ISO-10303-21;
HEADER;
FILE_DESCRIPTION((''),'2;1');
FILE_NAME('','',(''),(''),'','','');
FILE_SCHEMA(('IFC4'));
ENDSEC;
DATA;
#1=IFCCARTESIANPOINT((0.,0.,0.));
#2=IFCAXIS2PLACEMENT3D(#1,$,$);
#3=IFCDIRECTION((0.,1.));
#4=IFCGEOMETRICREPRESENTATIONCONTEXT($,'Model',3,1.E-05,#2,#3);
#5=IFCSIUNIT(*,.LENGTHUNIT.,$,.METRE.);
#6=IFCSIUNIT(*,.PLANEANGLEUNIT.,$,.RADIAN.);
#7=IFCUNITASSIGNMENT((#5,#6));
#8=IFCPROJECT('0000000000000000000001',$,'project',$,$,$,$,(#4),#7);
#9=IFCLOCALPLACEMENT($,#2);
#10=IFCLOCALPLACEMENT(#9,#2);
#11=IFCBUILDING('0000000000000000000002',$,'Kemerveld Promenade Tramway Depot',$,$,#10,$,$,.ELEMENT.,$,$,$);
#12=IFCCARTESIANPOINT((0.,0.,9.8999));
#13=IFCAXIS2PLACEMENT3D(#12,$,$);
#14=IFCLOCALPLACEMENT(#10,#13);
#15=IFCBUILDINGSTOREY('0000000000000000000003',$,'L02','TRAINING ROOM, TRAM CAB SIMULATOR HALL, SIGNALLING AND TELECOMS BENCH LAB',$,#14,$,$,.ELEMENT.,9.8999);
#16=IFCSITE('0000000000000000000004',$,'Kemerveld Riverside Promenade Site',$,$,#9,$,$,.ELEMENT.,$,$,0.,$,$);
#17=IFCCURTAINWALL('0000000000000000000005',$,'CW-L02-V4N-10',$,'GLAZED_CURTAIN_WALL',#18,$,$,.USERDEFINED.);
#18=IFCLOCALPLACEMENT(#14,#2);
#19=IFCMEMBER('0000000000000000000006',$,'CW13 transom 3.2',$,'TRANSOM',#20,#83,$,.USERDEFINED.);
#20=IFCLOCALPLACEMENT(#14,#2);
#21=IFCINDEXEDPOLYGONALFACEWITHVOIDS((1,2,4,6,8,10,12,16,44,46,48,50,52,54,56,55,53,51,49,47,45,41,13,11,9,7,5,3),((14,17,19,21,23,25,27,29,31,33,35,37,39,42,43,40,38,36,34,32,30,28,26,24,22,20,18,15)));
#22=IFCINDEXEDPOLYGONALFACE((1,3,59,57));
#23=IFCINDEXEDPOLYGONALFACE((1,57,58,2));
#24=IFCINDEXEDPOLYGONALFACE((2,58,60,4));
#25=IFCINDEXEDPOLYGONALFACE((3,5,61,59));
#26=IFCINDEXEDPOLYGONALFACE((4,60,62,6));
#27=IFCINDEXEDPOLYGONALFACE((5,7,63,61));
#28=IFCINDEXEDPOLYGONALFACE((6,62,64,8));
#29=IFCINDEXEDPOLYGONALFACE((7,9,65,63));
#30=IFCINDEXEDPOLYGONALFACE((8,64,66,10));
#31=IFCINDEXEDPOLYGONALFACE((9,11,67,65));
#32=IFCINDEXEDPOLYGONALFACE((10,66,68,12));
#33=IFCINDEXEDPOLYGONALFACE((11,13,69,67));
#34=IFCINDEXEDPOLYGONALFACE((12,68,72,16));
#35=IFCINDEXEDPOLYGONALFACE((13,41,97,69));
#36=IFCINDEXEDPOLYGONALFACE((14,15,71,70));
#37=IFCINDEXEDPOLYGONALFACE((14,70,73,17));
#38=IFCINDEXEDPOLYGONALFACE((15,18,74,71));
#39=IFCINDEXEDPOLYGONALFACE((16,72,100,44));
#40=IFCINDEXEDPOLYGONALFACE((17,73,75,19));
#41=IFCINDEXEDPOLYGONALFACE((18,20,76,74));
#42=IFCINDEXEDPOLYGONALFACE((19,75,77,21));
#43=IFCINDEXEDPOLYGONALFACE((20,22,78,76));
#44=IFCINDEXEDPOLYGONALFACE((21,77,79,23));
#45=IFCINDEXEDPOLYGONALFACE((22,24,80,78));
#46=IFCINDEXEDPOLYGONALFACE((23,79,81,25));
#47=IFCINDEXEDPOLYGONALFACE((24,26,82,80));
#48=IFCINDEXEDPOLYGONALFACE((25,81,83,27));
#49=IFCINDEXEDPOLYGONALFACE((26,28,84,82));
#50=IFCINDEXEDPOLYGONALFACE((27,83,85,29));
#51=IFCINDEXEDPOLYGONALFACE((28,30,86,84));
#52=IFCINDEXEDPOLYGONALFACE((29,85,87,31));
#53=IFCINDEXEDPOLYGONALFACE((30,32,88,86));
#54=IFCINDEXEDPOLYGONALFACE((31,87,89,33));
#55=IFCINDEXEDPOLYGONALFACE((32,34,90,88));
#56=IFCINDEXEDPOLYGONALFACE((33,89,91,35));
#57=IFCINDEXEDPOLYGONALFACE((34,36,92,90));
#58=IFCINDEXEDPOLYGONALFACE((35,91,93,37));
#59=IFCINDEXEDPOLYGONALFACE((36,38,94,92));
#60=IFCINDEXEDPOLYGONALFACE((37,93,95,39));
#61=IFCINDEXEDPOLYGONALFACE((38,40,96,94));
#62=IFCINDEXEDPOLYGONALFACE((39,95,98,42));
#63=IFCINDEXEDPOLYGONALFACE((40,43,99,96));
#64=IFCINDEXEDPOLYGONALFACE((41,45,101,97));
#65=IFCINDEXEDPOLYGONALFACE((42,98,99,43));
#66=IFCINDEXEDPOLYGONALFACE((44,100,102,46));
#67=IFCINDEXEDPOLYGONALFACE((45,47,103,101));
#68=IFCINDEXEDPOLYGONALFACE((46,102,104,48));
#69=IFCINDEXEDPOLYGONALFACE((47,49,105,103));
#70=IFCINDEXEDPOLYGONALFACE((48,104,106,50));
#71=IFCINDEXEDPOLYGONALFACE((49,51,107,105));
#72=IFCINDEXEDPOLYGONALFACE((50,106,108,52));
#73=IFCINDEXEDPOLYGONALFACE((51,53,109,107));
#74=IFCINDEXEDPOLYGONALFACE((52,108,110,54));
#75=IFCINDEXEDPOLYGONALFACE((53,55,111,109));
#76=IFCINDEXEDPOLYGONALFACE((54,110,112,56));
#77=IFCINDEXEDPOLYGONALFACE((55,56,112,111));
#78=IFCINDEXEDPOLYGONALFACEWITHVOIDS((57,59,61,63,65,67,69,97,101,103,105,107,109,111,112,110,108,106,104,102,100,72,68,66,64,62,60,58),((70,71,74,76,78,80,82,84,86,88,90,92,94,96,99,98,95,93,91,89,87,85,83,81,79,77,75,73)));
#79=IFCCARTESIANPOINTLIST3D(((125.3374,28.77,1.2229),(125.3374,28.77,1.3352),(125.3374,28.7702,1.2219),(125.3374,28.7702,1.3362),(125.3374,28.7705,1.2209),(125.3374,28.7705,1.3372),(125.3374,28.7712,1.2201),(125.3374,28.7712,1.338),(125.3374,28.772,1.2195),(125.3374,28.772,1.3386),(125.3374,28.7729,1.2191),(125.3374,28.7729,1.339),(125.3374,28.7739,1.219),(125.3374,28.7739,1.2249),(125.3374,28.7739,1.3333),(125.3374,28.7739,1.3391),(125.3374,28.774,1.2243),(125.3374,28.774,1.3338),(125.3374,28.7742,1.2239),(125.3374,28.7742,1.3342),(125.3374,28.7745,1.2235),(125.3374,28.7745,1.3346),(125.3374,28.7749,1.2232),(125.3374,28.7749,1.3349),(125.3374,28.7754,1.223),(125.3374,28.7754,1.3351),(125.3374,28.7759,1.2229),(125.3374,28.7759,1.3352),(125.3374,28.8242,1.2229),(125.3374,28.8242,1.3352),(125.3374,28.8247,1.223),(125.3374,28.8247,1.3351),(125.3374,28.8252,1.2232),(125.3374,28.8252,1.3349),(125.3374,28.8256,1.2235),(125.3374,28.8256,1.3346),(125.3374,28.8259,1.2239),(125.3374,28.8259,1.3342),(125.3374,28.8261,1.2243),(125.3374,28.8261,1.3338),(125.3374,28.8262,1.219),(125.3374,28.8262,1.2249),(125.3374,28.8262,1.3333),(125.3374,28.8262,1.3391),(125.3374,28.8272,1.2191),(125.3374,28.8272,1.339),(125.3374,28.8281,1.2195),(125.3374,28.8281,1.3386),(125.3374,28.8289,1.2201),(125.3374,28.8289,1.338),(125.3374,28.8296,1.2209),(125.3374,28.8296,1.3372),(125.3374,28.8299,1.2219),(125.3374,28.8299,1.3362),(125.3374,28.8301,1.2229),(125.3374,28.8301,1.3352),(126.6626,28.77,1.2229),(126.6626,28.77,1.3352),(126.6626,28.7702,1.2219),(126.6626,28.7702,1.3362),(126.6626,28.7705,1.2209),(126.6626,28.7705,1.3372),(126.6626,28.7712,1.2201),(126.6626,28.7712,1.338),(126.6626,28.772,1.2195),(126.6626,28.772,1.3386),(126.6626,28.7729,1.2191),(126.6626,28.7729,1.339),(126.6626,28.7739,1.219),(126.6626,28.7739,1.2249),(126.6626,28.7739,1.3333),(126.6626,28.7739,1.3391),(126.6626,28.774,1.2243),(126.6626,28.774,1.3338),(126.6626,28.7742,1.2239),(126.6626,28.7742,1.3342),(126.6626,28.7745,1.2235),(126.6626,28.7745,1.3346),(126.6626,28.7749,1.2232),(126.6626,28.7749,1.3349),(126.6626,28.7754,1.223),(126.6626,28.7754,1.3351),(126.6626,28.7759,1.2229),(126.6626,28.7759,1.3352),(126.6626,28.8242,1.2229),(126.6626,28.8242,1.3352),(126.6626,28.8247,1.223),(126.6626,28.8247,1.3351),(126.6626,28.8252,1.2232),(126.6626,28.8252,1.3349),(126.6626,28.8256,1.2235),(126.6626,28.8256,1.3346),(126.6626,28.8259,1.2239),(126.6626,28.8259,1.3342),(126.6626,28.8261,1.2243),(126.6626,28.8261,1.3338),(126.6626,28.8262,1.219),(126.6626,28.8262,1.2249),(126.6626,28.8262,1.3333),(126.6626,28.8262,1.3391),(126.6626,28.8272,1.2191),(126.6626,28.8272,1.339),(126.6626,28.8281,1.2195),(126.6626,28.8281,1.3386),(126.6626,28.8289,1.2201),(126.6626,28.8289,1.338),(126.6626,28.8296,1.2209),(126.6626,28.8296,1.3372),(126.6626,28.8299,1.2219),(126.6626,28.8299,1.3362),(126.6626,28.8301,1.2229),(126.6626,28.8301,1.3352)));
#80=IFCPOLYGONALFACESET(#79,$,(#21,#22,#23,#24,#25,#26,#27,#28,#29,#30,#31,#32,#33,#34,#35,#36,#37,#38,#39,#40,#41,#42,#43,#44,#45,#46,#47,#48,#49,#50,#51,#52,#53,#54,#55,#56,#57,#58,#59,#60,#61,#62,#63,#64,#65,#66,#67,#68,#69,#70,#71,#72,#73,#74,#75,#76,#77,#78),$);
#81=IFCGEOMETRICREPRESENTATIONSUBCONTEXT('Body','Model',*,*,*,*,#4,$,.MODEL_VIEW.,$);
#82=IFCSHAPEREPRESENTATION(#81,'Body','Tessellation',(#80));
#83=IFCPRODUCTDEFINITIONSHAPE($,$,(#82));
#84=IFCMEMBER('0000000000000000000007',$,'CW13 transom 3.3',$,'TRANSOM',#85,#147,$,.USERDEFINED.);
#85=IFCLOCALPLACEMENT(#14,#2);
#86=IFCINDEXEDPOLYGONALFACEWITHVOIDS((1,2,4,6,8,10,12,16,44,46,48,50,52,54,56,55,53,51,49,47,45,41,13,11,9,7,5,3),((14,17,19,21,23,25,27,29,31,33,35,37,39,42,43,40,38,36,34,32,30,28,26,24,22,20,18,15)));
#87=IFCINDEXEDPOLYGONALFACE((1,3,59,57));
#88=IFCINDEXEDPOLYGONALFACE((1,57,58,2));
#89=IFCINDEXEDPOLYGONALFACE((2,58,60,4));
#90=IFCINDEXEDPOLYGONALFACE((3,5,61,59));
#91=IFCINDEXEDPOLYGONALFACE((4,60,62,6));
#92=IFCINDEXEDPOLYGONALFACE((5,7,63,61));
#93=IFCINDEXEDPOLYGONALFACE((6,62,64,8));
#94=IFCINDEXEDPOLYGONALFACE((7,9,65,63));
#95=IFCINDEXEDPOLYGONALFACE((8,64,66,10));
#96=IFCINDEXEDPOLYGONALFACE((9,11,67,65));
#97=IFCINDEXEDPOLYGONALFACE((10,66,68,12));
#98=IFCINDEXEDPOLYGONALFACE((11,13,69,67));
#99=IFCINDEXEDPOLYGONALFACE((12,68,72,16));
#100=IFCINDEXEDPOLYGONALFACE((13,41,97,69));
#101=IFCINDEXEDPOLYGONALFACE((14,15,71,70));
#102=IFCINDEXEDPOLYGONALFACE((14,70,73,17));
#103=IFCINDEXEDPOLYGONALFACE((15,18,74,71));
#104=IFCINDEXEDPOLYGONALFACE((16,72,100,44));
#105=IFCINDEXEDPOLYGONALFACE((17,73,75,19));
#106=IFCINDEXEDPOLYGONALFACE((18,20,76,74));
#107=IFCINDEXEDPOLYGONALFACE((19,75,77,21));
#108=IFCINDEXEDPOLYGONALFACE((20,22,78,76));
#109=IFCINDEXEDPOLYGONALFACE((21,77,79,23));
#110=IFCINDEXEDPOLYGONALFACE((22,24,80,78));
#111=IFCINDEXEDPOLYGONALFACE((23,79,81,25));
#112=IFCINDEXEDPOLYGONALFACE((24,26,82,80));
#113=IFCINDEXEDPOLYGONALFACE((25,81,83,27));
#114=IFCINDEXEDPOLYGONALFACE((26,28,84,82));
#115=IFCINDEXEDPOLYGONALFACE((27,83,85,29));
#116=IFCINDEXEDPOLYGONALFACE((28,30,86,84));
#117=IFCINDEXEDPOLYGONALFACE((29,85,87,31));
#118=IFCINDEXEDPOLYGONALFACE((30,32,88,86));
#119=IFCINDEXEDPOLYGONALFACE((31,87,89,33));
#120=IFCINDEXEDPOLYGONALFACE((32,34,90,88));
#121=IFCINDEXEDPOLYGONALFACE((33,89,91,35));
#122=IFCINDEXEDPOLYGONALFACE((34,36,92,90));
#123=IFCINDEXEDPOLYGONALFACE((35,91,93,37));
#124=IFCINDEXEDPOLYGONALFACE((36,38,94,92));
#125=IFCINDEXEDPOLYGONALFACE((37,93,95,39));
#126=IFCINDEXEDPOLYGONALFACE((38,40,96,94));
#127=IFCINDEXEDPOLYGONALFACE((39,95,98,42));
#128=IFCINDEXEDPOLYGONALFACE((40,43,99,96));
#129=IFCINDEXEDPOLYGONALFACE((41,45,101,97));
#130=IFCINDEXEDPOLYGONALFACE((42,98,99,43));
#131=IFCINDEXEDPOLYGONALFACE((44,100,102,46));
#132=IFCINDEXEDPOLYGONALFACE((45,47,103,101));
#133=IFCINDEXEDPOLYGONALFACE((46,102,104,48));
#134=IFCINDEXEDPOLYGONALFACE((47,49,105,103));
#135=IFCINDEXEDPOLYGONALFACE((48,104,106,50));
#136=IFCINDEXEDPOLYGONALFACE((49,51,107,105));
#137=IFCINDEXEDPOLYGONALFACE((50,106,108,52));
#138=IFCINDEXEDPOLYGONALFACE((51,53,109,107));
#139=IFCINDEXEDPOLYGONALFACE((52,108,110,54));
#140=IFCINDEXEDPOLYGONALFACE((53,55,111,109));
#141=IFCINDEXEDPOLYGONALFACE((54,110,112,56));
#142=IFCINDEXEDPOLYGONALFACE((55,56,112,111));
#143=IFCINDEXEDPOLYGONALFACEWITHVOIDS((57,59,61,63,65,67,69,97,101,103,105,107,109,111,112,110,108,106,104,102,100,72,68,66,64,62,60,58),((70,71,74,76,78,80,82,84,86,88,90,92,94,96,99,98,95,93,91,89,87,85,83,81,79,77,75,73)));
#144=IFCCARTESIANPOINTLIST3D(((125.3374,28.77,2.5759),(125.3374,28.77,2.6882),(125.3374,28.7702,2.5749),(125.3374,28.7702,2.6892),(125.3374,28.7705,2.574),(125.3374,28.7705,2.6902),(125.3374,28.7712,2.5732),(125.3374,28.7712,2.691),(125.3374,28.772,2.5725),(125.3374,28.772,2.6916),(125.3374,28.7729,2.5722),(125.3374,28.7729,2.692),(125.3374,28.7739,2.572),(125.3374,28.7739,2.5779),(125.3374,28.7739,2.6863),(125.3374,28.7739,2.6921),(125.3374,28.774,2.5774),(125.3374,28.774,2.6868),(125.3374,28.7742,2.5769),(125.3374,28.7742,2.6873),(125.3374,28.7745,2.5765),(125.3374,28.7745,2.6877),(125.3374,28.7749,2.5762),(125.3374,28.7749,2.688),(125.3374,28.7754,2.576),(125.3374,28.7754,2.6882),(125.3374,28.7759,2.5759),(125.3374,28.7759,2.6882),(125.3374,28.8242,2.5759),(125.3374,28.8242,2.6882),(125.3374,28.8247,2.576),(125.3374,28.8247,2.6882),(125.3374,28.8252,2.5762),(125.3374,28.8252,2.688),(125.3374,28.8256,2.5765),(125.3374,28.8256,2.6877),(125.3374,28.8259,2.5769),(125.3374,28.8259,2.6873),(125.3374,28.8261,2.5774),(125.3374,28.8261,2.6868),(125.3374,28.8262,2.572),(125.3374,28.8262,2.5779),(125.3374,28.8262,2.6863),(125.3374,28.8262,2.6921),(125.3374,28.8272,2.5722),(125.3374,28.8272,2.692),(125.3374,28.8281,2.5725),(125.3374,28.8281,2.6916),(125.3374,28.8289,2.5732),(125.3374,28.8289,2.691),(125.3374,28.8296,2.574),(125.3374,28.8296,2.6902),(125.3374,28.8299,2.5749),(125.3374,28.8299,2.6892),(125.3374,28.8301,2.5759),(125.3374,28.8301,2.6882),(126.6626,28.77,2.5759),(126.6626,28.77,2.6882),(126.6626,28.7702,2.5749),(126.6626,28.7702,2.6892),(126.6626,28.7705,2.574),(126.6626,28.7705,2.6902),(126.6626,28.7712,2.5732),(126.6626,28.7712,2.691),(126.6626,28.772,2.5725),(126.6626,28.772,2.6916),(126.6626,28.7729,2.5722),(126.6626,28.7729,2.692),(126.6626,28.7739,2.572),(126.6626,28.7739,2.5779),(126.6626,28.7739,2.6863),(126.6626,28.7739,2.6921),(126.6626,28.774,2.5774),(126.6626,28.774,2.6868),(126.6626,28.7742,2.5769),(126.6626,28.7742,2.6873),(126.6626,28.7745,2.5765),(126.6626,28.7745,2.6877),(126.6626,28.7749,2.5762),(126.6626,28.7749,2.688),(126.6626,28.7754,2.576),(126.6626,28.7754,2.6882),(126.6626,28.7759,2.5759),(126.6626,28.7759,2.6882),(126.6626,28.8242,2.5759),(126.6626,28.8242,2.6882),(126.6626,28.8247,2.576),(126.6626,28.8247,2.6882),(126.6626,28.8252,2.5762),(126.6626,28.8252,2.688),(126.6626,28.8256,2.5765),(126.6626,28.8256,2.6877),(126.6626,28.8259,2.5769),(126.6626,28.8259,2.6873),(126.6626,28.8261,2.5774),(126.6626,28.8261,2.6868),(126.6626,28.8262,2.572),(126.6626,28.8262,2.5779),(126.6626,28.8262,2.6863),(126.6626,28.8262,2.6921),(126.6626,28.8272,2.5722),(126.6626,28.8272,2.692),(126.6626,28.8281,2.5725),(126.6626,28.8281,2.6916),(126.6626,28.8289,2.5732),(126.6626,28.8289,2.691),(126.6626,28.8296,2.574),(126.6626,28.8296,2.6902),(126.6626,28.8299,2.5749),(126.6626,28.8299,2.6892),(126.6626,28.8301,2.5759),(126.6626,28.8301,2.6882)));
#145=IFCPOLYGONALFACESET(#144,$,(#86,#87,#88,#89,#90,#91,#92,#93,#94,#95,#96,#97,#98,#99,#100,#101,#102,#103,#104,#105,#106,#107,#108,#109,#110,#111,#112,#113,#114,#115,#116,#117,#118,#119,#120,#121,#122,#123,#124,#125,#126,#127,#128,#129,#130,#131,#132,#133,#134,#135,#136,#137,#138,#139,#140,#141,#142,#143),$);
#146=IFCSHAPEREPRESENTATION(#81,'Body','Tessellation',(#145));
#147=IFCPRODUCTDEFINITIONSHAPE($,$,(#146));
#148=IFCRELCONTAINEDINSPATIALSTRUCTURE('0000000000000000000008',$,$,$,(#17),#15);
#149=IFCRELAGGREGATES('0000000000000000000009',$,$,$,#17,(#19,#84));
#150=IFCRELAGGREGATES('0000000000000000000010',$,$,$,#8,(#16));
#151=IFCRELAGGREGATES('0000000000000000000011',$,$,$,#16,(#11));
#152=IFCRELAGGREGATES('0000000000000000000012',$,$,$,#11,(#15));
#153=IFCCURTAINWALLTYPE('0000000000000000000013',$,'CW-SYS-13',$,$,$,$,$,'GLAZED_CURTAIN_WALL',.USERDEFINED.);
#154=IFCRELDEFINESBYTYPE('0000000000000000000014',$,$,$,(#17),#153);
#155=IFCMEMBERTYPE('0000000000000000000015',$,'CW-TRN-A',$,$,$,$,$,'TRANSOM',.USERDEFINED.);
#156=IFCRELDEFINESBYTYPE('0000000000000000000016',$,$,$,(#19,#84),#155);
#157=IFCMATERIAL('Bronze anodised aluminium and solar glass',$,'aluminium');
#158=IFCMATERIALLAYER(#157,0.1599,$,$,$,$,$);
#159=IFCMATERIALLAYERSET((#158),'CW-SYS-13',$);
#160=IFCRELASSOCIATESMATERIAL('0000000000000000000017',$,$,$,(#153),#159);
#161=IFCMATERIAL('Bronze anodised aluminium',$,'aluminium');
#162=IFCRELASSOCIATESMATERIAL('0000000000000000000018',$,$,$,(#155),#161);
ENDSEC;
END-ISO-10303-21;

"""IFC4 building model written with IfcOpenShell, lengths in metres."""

from ifc_helpers import new_model, si_unit, direction, frame, origin, origin_2d, place, context, subcontext, project, spatial, hollow_rectangle, extrude, material, layer, layer_set, material_profile, profile_set, type_object, element, aggregate, save


model = new_model("IFC4")

# Units and contexts
model_context = context("Model", 3, precision=1e-05, world=origin(), true_north=direction((0.0, 1.0)))
body_context = subcontext(model_context, "Body", "Model", "MODEL_VIEW")
ifc_project = project(units=[si_unit("LENGTHUNIT", "METRE"), si_unit("PLANEANGLEUNIT", "RADIAN")], contexts=[model_context])

# Site, building, storey
site_placement = place(None, origin())
site = spatial("IfcSite", under=ifc_project, at=site_placement, Name="Kemerveld Riverside Promenade Site", CompositionType="ELEMENT", RefElevation=0.0)
building_placement = place(site_placement, origin())
building = spatial("IfcBuilding", under=site, at=building_placement, Name="Kemerveld Promenade Tramway Depot", CompositionType="ELEMENT")
storey_placement = place(building_placement, frame((0.0, 0.0, 9.8999)))
storey = spatial("IfcBuildingStorey", under=building, at=storey_placement, Name="L02", Description="TRAINING ROOM, TRAM CAB SIMULATOR HALL, SIGNALLING AND TELECOMS BENCH LAB", CompositionType="ELEMENT", Elevation=9.8999)

# Curtain wall, members
ifc_material_1 = material(Name="Bronze anodised aluminium and solar glass", Category="aluminium")
ifc_layer_1 = layer(ifc_material_1, 0.1599)
ifc_layer_set_1 = layer_set([ifc_layer_1], Name="CW-SYS-13")
curtain_wall_type = type_object("IfcCurtainWallType", Name="CW-SYS-13", ElementType="GLAZED_CURTAIN_WALL", PredefinedType="USERDEFINED", material=ifc_layer_set_1)
curtain_wall_placement = place(storey_placement, origin())
curtain_wall = element("IfcCurtainWall", 1, at=curtain_wall_placement, inside=storey, type_object=curtain_wall_type, Name="CW-L02-V4N-10", ObjectType="GLAZED_CURTAIN_WALL", PredefinedType="USERDEFINED")
ifc_material_2 = material(Name="Bronze anodised aluminium", Category="aluminium")
ifc_material_profile_1 = material_profile(ifc_material_2, hollow_rectangle(XDim=0.0601, YDim=0.1201, WallThickness=0.0039, InnerFilletRadius=0.002, OuterFilletRadius=0.0039, at=origin_2d()), Name="CW-TRN-120x60")
ifc_profile_set_1 = profile_set([ifc_material_profile_1], Name="Bronze anodised aluminium")
member_type_1 = type_object("IfcMemberType", Name="CW-TRN-A", ElementType="TRANSOM", PredefinedType="USERDEFINED", material=ifc_profile_set_1)
member_1_placement = place(storey_placement, frame((125.3374, 28.8, 1.2791), z_axis=(1.0, 0.0, 0.0), x_axis=(0.0, 1.0, 0.0)))
member_1 = element("IfcMember", 2, at=member_1_placement, type_object=member_type_1, Name="CW13 transom 3.2", ObjectType="TRANSOM", PredefinedType="USERDEFINED", context=body_context, shape_type="SweptSolid", body=[
    extrude(hollow_rectangle(XDim=0.0601, YDim=0.1201, WallThickness=0.0039, InnerFilletRadius=0.002, OuterFilletRadius=0.0039, at=origin_2d()), origin(), (0.0, 0.0, 1.0), 1.3252),
])
member_2_placement = place(storey_placement, frame((125.3374, 28.8, 2.6321), z_axis=(1.0, 0.0, 0.0), x_axis=(0.0, 1.0, 0.0)))
member_2 = element("IfcMember", 3, at=member_2_placement, type_object=member_type_1, Name="CW13 transom 3.3", ObjectType="TRANSOM", PredefinedType="USERDEFINED", context=body_context, shape_type="SweptSolid", body=[
    extrude(hollow_rectangle(XDim=0.0601, YDim=0.1201, WallThickness=0.0039, InnerFilletRadius=0.002, OuterFilletRadius=0.0039, at=origin_2d()), origin(), (0.0, 0.0, 1.0), 1.3252),
])
aggregate(curtain_wall, [member_1, member_2])

save(model, "model.ifc")
